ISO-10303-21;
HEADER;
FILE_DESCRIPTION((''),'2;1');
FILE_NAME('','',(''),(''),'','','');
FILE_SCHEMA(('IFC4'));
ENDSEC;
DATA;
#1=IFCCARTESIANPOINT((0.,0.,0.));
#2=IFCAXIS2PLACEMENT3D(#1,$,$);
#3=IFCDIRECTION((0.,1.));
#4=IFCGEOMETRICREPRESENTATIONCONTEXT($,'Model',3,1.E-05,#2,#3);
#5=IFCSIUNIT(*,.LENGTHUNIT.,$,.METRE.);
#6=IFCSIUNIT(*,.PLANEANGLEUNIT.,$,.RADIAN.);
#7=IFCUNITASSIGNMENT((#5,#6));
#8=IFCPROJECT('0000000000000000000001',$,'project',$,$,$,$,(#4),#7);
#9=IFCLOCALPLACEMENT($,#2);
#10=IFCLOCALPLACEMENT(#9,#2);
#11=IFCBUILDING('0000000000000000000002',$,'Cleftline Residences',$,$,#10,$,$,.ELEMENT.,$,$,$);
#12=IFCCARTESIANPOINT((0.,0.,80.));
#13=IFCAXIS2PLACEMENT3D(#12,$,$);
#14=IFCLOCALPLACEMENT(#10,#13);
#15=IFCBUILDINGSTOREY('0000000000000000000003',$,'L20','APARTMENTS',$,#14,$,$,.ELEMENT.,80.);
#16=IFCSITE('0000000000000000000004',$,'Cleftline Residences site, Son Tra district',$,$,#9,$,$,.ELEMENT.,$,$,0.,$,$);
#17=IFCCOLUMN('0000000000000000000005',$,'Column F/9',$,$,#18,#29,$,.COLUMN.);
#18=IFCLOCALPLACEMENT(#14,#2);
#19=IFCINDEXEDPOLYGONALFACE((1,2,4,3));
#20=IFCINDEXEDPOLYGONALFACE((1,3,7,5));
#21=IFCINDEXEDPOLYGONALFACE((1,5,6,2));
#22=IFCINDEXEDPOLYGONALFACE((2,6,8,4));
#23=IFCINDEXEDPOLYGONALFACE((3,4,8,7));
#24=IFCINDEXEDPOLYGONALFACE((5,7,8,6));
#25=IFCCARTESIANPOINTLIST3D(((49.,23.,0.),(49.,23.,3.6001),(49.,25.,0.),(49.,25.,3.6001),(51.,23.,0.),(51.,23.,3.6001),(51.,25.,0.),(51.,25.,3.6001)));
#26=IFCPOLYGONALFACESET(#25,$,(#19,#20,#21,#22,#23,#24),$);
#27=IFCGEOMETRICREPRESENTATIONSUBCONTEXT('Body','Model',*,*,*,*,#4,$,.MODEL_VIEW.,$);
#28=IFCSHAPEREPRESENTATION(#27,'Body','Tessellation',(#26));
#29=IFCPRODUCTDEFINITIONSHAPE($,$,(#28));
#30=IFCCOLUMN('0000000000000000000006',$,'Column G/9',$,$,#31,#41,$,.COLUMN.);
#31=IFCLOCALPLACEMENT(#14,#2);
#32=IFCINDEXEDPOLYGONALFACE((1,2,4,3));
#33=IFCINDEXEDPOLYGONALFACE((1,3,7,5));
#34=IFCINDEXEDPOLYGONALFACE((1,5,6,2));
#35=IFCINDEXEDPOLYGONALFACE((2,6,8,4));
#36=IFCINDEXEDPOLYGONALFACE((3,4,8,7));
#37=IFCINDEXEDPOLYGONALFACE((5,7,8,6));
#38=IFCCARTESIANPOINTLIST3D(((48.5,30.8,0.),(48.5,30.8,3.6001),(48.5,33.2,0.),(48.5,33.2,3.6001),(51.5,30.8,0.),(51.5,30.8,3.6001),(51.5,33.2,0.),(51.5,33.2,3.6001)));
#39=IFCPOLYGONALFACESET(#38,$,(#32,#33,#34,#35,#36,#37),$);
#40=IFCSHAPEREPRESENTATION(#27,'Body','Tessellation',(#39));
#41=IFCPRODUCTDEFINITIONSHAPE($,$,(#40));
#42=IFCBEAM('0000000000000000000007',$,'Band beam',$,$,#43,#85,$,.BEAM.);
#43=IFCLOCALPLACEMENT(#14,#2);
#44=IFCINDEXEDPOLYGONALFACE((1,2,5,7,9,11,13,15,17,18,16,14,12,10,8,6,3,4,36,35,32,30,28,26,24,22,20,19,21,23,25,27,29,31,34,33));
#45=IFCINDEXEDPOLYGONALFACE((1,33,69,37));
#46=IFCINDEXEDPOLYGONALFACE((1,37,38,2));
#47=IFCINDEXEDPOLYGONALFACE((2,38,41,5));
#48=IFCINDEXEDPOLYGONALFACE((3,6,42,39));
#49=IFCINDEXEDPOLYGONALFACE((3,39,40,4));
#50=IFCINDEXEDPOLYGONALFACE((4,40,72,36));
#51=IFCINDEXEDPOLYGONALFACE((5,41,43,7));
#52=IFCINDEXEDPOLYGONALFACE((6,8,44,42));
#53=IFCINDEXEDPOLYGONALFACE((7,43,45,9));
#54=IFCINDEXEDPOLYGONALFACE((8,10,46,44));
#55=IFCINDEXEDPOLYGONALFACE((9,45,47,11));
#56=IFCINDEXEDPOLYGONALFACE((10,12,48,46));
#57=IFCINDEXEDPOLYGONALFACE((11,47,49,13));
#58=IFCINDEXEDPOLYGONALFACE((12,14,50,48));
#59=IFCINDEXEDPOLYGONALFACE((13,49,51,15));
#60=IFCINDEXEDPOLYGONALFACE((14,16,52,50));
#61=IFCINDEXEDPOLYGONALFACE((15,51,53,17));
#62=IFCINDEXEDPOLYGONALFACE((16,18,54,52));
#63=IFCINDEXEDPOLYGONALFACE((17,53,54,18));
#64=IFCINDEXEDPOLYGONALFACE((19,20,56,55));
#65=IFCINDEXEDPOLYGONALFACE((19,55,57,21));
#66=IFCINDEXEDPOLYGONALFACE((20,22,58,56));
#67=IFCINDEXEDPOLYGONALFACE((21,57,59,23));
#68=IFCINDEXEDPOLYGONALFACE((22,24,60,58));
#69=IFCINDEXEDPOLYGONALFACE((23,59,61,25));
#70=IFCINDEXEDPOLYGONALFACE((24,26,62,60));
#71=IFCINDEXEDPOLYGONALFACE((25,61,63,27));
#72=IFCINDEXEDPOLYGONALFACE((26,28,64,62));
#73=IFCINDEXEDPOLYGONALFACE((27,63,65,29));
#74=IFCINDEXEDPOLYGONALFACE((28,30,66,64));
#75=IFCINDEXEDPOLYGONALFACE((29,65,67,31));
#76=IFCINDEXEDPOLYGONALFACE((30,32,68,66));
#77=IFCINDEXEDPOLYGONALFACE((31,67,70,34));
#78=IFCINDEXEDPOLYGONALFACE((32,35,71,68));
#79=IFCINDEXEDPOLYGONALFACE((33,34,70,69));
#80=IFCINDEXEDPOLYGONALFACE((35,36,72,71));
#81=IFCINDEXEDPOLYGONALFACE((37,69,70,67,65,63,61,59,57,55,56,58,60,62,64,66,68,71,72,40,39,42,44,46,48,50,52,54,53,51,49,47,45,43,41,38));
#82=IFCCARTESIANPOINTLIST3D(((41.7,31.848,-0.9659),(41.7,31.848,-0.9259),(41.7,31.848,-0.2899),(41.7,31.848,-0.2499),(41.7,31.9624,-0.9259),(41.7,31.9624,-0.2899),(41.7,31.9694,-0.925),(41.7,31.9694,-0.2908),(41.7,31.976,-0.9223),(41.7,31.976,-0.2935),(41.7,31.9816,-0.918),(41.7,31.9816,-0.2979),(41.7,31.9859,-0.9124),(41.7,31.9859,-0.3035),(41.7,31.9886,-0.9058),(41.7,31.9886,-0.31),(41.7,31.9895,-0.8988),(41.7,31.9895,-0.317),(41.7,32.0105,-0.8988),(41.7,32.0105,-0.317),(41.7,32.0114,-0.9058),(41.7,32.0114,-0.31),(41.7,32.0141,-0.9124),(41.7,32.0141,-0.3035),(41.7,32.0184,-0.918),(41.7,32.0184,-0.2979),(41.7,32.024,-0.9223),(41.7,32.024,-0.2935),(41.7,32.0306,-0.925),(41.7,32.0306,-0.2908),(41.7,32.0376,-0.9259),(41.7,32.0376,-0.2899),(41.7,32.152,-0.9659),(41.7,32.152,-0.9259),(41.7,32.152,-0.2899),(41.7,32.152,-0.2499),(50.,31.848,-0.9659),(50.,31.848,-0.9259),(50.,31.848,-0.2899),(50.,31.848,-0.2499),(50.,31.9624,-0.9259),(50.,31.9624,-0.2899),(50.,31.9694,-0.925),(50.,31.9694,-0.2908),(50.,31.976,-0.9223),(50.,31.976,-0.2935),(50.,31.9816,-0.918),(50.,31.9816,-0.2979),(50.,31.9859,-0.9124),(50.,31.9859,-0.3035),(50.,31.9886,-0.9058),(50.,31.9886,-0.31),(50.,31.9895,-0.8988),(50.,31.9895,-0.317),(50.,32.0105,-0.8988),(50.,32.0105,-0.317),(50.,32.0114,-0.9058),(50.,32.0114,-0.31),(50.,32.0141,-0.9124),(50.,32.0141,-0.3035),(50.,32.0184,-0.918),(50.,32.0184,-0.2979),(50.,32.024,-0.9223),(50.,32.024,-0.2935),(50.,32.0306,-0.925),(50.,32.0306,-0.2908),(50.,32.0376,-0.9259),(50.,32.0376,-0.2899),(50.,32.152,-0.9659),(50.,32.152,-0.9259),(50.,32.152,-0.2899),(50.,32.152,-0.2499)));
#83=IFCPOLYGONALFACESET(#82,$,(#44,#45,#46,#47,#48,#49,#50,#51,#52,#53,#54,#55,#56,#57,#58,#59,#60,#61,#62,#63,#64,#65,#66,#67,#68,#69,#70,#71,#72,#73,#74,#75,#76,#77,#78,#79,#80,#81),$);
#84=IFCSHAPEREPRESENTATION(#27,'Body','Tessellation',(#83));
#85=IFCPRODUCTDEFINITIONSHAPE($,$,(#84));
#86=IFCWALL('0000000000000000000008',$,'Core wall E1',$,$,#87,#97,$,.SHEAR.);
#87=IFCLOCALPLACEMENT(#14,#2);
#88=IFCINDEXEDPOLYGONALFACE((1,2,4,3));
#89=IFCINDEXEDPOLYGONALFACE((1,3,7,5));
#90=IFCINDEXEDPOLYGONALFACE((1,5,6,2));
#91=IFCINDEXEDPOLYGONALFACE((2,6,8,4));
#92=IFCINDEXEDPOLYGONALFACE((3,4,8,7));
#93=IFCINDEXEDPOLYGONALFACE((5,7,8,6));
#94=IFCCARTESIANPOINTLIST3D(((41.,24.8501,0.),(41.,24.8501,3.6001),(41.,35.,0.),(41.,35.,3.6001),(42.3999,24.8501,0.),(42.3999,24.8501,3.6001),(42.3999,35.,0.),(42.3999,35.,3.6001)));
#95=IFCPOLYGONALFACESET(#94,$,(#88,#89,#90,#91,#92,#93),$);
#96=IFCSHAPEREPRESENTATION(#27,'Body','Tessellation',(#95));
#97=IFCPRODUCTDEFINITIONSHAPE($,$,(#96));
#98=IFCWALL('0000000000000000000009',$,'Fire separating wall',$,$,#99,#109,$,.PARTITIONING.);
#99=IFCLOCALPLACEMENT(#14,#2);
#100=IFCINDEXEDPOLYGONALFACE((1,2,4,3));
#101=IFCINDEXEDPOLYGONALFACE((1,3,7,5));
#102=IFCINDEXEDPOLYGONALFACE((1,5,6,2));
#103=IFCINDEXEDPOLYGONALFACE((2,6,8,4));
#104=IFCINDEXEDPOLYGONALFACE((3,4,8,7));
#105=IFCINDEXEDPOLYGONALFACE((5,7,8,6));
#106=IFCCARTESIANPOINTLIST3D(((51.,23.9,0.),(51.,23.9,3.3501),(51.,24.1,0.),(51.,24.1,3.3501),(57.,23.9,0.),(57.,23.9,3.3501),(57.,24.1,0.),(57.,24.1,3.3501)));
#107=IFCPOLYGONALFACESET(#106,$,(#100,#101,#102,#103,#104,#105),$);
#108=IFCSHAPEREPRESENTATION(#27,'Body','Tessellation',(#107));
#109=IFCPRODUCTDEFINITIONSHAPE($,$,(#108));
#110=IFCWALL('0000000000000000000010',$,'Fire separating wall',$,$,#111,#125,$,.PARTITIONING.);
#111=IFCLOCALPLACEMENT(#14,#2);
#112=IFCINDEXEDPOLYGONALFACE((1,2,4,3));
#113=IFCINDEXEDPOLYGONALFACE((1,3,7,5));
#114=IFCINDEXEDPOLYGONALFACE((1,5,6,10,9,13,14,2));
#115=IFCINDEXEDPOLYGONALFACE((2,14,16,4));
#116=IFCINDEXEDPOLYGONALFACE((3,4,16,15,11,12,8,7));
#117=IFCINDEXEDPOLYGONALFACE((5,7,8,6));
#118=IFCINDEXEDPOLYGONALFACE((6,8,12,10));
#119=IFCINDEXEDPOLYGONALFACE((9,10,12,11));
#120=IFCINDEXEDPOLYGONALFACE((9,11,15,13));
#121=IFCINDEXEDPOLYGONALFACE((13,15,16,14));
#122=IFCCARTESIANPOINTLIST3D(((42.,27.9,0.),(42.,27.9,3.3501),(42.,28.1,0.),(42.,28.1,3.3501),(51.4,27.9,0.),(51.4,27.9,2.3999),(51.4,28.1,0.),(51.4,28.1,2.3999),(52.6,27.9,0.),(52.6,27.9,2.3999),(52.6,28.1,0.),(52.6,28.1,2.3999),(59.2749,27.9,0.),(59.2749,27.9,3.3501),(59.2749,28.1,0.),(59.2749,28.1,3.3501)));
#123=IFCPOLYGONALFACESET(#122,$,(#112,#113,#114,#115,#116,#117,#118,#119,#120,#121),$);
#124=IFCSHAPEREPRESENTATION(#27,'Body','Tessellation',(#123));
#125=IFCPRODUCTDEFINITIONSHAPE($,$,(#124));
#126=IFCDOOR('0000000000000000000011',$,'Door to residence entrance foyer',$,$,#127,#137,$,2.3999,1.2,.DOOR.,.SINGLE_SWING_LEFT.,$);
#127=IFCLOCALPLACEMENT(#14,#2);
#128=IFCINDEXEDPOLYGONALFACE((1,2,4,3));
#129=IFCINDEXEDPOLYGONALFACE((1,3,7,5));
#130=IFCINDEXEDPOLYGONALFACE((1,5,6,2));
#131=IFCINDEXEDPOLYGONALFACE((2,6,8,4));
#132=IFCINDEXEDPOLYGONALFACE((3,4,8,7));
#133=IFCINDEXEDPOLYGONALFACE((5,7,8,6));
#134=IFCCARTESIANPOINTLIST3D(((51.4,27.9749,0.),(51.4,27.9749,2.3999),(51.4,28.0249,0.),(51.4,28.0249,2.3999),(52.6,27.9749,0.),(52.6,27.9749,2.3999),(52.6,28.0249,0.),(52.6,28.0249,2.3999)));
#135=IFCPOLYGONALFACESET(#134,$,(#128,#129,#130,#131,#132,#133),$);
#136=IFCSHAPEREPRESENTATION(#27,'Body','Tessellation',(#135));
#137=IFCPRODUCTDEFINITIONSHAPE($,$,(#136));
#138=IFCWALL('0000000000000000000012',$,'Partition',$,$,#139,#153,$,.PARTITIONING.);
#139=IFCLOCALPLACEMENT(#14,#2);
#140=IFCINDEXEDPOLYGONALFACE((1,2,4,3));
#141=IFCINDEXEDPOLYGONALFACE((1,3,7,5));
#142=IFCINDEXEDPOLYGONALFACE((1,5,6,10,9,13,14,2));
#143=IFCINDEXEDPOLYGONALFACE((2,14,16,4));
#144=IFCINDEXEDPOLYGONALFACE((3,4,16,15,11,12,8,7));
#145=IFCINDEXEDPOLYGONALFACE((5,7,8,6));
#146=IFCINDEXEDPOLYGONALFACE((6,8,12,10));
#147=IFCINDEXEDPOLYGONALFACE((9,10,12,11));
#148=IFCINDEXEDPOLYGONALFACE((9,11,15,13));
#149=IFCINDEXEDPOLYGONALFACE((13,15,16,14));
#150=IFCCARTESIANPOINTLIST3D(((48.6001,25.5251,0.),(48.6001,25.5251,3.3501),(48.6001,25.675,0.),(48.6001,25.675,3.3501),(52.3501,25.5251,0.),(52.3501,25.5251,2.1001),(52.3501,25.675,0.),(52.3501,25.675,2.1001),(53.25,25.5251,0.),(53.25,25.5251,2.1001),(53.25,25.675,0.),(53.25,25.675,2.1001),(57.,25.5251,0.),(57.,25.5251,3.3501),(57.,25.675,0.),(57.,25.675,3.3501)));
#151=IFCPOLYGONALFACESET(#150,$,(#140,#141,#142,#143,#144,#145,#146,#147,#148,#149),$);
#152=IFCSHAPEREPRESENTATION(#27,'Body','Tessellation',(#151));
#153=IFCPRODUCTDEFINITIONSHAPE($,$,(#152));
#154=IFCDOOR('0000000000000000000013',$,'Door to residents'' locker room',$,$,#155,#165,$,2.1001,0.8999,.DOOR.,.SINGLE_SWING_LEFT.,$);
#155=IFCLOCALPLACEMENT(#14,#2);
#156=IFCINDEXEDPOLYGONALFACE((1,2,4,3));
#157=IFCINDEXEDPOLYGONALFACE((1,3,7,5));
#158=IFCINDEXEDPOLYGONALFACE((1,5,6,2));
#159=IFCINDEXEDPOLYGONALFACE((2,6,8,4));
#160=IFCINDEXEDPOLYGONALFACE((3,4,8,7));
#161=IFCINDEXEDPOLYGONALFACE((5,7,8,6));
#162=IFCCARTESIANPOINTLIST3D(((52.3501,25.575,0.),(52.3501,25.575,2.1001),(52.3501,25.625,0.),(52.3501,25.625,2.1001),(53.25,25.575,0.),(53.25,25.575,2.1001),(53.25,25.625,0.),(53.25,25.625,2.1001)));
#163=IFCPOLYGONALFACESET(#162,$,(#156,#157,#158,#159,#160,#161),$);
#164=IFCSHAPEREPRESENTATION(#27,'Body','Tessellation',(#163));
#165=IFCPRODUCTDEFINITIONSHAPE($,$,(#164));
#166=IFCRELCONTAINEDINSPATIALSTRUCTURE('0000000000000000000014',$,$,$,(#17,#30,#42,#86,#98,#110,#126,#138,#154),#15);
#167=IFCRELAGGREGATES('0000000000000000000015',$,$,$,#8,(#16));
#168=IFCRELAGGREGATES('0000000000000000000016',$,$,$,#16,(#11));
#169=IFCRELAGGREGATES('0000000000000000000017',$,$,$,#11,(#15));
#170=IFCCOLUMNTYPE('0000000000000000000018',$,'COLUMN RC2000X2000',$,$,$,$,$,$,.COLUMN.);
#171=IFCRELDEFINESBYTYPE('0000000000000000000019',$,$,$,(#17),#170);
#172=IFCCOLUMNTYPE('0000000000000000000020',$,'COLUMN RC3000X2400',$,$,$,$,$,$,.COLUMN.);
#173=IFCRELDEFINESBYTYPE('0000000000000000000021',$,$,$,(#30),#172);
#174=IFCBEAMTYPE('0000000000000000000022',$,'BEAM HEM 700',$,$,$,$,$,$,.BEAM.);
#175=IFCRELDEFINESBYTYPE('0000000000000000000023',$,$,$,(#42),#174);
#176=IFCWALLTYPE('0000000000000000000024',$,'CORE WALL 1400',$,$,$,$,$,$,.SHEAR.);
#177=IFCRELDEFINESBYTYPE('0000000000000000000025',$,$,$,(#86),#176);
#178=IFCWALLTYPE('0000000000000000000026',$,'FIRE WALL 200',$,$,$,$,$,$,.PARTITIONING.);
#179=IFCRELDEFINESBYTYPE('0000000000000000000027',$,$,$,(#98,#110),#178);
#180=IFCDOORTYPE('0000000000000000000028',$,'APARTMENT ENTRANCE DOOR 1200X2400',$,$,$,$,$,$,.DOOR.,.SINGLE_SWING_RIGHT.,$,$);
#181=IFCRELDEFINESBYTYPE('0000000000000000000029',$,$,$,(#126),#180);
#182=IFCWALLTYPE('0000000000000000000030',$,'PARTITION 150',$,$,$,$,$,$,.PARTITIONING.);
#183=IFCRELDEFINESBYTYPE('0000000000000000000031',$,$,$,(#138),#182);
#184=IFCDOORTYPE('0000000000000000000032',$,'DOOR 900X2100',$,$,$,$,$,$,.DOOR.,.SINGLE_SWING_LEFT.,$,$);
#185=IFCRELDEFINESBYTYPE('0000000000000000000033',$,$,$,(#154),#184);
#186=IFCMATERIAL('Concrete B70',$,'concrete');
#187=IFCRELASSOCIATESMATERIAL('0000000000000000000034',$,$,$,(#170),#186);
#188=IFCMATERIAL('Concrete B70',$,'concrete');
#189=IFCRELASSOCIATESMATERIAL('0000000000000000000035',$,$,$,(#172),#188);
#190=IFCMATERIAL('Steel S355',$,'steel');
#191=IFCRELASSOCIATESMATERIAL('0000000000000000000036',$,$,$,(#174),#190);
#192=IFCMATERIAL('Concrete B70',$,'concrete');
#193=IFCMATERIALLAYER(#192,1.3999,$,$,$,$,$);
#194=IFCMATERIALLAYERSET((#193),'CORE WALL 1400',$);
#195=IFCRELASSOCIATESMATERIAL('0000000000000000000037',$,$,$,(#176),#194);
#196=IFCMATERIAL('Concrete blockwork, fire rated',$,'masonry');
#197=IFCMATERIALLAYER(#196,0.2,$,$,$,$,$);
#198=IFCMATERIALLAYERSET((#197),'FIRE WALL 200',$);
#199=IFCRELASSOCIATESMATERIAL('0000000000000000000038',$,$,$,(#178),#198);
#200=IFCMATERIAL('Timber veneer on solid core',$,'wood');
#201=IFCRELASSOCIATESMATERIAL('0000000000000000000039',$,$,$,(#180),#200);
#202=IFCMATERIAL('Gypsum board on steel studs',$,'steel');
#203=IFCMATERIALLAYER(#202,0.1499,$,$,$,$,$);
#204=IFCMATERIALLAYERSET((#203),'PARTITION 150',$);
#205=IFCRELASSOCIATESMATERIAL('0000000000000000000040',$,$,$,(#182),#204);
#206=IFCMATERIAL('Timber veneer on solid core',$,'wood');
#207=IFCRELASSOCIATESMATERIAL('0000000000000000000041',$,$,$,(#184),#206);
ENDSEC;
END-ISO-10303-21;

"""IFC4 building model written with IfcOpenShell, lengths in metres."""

from ifc_helpers import new_model, si_unit, direction, frame, frame_2d, origin, origin_2d, place, context, subcontext, project, spatial, rectangle, i_section, extrude, material, layer, layer_set, material_profile, profile_set, type_object, element, fill, save


model = new_model("IFC4")

# Units and contexts
model_context = context("Model", 3, precision=1e-05, world=origin(), true_north=direction((0.0, 1.0)))
body_context = subcontext(model_context, "Body", "Model", "MODEL_VIEW")
ifc_project = project(units=[si_unit("LENGTHUNIT", "METRE"), si_unit("PLANEANGLEUNIT", "RADIAN")], contexts=[model_context])

# Site, building, storey
site_placement = place(None, origin())
site = spatial("IfcSite", under=ifc_project, at=site_placement, Name="Cleftline Residences site, Son Tra district", CompositionType="ELEMENT", RefElevation=0.0)
building_placement = place(site_placement, origin())
building = spatial("IfcBuilding", under=site, at=building_placement, Name="Cleftline Residences", CompositionType="ELEMENT")
storey_placement = place(building_placement, frame((0.0, 0.0, 80.0)))
storey = spatial("IfcBuildingStorey", under=building, at=storey_placement, Name="L20", Description="APARTMENTS", CompositionType="ELEMENT", Elevation=80.0)

# Columns
ifc_material_1 = material(Name="Concrete B70", Category="concrete")
ifc_material_profile_1 = material_profile(ifc_material_1, rectangle(XDim=2.0, YDim=2.0, at=origin_2d()))
ifc_profile_set_1 = profile_set([ifc_material_profile_1], Name="Concrete B70")
column_type_1 = type_object("IfcColumnType", Name="COLUMN RC2000X2000", PredefinedType="COLUMN", material=ifc_profile_set_1)
column_1_placement = place(storey_placement, frame((50.0, 24.0, 0.0), z_axis=(0.0, 0.0, 1.0), x_axis=(1.0, 0.0, 0.0)))
element("IfcColumn", 1, at=column_1_placement, inside=storey, type_object=column_type_1, Name="Column F/9", PredefinedType="COLUMN", context=body_context, shape_type="SweptSolid", body=[
    extrude(rectangle(XDim=2.0, YDim=2.0, at=origin_2d()), origin(), (0.0, 0.0, 1.0), 3.6001),
])
ifc_material_2 = material(Name="Concrete B70", Category="concrete")
ifc_material_profile_2 = material_profile(ifc_material_2, rectangle(XDim=3.0, YDim=2.3999, at=origin_2d()))
ifc_profile_set_2 = profile_set([ifc_material_profile_2], Name="Concrete B70")
column_type_2 = type_object("IfcColumnType", Name="COLUMN RC3000X2400", PredefinedType="COLUMN", material=ifc_profile_set_2)
column_2_placement = place(storey_placement, frame((50.0, 32.0, 0.0), z_axis=(0.0, 0.0, 1.0), x_axis=(1.0, 0.0, 0.0)))
element("IfcColumn", 2, at=column_2_placement, inside=storey, type_object=column_type_2, Name="Column G/9", PredefinedType="COLUMN", context=body_context, shape_type="SweptSolid", body=[
    extrude(rectangle(XDim=3.0, YDim=2.3999, at=origin_2d()), origin(), (0.0, 0.0, 1.0), 3.6001),
])

# Beam
ifc_material_3 = material(Name="Steel S355", Category="steel")
ifc_material_profile_3 = material_profile(ifc_material_3, i_section(OverallWidth=0.304, OverallDepth=0.7161, WebThickness=0.021, FlangeThickness=0.04, FilletRadius=0.0271, at=origin_2d()))
ifc_profile_set_3 = profile_set([ifc_material_profile_3], Name="Steel S355")
beam_type = type_object("IfcBeamType", Name="BEAM HEM 700", PredefinedType="BEAM", material=ifc_profile_set_3)
beam_placement = place(storey_placement, frame((50.0, 32.0, -0.6079), z_axis=(-1.0, 0.0, 0.0), x_axis=(0.0, -1.0, 0.0)))
element("IfcBeam", 3, at=beam_placement, inside=storey, type_object=beam_type, Name="Band beam", PredefinedType="BEAM", context=body_context, shape_type="SweptSolid", body=[
    extrude(i_section(OverallWidth=0.304, OverallDepth=0.7161, WebThickness=0.021, FlangeThickness=0.04, FilletRadius=0.0271, at=origin_2d()), origin(), (0.0, 0.0, 1.0), 8.3),
])

# Walls
ifc_material_4 = material(Name="Concrete B70", Category="concrete")
ifc_layer_1 = layer(ifc_material_4, 1.3999)
ifc_layer_set_1 = layer_set([ifc_layer_1], Name="CORE WALL 1400")
wall_type_1 = type_object("IfcWallType", Name="CORE WALL 1400", PredefinedType="SHEAR", material=ifc_layer_set_1)
wall_1_placement = place(storey_placement, frame((41.7, 24.8501, 0.0), z_axis=(0.0, 0.0, 1.0), x_axis=(0.0, 1.0, 0.0)))
element("IfcWall", 4, at=wall_1_placement, inside=storey, type_object=wall_type_1, Name="Core wall E1", PredefinedType="SHEAR", context=body_context, shape_type="SweptSolid", body=[
    extrude(rectangle(XDim=10.1499, YDim=1.3999, at=frame_2d((5.075, 0.0))), origin(), (0.0, 0.0, 1.0), 3.6001),
])
ifc_material_5 = material(Name="Concrete blockwork, fire rated", Category="masonry")
ifc_layer_2 = layer(ifc_material_5, 0.2)
ifc_layer_set_2 = layer_set([ifc_layer_2], Name="FIRE WALL 200")
wall_type_2 = type_object("IfcWallType", Name="FIRE WALL 200", PredefinedType="PARTITIONING", material=ifc_layer_set_2)
wall_2_placement = place(storey_placement, frame((51.0, 24.0, 0.0), z_axis=(0.0, 0.0, 1.0), x_axis=(1.0, 0.0, 0.0)))
element("IfcWall", 5, at=wall_2_placement, inside=storey, type_object=wall_type_2, Name="Fire separating wall", PredefinedType="PARTITIONING", context=body_context, shape_type="SweptSolid", body=[
    extrude(rectangle(XDim=6.0, YDim=0.2, at=frame_2d((3.0, 0.0))), origin(), (0.0, 0.0, 1.0), 3.3501),
])

# Walls, openings, doors
wall_3_placement = place(storey_placement, frame((42.0, 28.0, 0.0), z_axis=(0.0, 0.0, 1.0), x_axis=(1.0, 0.0, 0.0)))
wall_3 = element("IfcWall", 6, at=wall_3_placement, inside=storey, type_object=wall_type_2, Name="Fire separating wall", PredefinedType="PARTITIONING", context=body_context, shape_type="SweptSolid", body=[
    extrude(rectangle(XDim=17.2749, YDim=0.2, at=frame_2d((8.6375, 0.0))), origin(), (0.0, 0.0, 1.0), 3.3501),
])
opening_1_placement = place(wall_3_placement, frame((9.3999, 0.0, 0.0)))
opening_1 = element("IfcOpeningElement", 7, at=opening_1_placement, cuts=wall_3, PredefinedType="OPENING", context=body_context, shape_type="SweptSolid", body=[
    extrude(rectangle(XDim=1.2, YDim=2.3999, at=frame_2d((0.6001, 1.2))), frame((0.0, 0.1099, 0.0), z_axis=(0.0, -1.0, 0.0), x_axis=(1.0, 0.0, 0.0)), (0.0, 0.0, 1.0), 0.22),
])
ifc_material_6 = material(Name="Timber veneer on solid core", Category="wood")
door_type_1 = type_object("IfcDoorType", Name="APARTMENT ENTRANCE DOOR 1200X2400", OperationType="SINGLE_SWING_RIGHT", PredefinedType="DOOR", material=ifc_material_6)
door_1_placement = place(opening_1_placement, origin())
door_1 = element("IfcDoor", 8, at=door_1_placement, inside=storey, type_object=door_type_1, Name="Door to residence entrance foyer", OperationType="SINGLE_SWING_LEFT", OverallHeight=2.3999, OverallWidth=1.2, PredefinedType="DOOR", context=body_context, shape_type="SweptSolid", body=[
    extrude(rectangle(XDim=1.2, YDim=2.3999, at=frame_2d((0.6001, 1.2))), frame((0.0, 0.0249, 0.0), z_axis=(0.0, -1.0, 0.0), x_axis=(1.0, 0.0, 0.0)), (0.0, 0.0, 1.0), 0.05),
])
fill(opening_1, door_1)
ifc_material_7 = material(Name="Gypsum board on steel studs", Category="steel")
ifc_layer_3 = layer(ifc_material_7, 0.1499)
ifc_layer_set_3 = layer_set([ifc_layer_3], Name="PARTITION 150")
wall_type_3 = type_object("IfcWallType", Name="PARTITION 150", PredefinedType="PARTITIONING", material=ifc_layer_set_3)
wall_4_placement = place(storey_placement, frame((48.6001, 25.6001, 0.0), z_axis=(0.0, 0.0, 1.0), x_axis=(1.0, 0.0, 0.0)))
wall_4 = element("IfcWall", 9, at=wall_4_placement, inside=storey, type_object=wall_type_3, Name="Partition", PredefinedType="PARTITIONING", context=body_context, shape_type="SweptSolid", body=[
    extrude(rectangle(XDim=8.3999, YDim=0.1499, at=frame_2d((4.2, 0.0))), origin(), (0.0, 0.0, 1.0), 3.3501),
])
opening_2_placement = place(wall_4_placement, frame((3.75, 0.0, 0.0)))
opening_2 = element("IfcOpeningElement", 10, at=opening_2_placement, cuts=wall_4, PredefinedType="OPENING", context=body_context, shape_type="SweptSolid", body=[
    extrude(rectangle(XDim=0.8999, YDim=2.1001, at=frame_2d((0.45, 1.05))), frame((0.0, 0.085, 0.0), z_axis=(0.0, -1.0, 0.0), x_axis=(1.0, 0.0, 0.0)), (0.0, 0.0, 1.0), 0.1699),
])
ifc_material_8 = material(Name="Timber veneer on solid core", Category="wood")
door_type_2 = type_object("IfcDoorType", Name="DOOR 900X2100", OperationType="SINGLE_SWING_LEFT", PredefinedType="DOOR", material=ifc_material_8)
door_2_placement = place(opening_2_placement, origin())
door_2 = element("IfcDoor", 11, at=door_2_placement, inside=storey, type_object=door_type_2, Name="Door to residents' locker room", OperationType="SINGLE_SWING_LEFT", OverallHeight=2.1001, OverallWidth=0.8999, PredefinedType="DOOR", context=body_context, shape_type="SweptSolid", body=[
    extrude(rectangle(XDim=0.8999, YDim=2.1001, at=frame_2d((0.45, 1.05))), frame((0.0, 0.0249, 0.0), z_axis=(0.0, -1.0, 0.0), x_axis=(1.0, 0.0, 0.0)), (0.0, 0.0, 1.0), 0.05),
])
fill(opening_2, door_2)

save(model, "model.ifc")
